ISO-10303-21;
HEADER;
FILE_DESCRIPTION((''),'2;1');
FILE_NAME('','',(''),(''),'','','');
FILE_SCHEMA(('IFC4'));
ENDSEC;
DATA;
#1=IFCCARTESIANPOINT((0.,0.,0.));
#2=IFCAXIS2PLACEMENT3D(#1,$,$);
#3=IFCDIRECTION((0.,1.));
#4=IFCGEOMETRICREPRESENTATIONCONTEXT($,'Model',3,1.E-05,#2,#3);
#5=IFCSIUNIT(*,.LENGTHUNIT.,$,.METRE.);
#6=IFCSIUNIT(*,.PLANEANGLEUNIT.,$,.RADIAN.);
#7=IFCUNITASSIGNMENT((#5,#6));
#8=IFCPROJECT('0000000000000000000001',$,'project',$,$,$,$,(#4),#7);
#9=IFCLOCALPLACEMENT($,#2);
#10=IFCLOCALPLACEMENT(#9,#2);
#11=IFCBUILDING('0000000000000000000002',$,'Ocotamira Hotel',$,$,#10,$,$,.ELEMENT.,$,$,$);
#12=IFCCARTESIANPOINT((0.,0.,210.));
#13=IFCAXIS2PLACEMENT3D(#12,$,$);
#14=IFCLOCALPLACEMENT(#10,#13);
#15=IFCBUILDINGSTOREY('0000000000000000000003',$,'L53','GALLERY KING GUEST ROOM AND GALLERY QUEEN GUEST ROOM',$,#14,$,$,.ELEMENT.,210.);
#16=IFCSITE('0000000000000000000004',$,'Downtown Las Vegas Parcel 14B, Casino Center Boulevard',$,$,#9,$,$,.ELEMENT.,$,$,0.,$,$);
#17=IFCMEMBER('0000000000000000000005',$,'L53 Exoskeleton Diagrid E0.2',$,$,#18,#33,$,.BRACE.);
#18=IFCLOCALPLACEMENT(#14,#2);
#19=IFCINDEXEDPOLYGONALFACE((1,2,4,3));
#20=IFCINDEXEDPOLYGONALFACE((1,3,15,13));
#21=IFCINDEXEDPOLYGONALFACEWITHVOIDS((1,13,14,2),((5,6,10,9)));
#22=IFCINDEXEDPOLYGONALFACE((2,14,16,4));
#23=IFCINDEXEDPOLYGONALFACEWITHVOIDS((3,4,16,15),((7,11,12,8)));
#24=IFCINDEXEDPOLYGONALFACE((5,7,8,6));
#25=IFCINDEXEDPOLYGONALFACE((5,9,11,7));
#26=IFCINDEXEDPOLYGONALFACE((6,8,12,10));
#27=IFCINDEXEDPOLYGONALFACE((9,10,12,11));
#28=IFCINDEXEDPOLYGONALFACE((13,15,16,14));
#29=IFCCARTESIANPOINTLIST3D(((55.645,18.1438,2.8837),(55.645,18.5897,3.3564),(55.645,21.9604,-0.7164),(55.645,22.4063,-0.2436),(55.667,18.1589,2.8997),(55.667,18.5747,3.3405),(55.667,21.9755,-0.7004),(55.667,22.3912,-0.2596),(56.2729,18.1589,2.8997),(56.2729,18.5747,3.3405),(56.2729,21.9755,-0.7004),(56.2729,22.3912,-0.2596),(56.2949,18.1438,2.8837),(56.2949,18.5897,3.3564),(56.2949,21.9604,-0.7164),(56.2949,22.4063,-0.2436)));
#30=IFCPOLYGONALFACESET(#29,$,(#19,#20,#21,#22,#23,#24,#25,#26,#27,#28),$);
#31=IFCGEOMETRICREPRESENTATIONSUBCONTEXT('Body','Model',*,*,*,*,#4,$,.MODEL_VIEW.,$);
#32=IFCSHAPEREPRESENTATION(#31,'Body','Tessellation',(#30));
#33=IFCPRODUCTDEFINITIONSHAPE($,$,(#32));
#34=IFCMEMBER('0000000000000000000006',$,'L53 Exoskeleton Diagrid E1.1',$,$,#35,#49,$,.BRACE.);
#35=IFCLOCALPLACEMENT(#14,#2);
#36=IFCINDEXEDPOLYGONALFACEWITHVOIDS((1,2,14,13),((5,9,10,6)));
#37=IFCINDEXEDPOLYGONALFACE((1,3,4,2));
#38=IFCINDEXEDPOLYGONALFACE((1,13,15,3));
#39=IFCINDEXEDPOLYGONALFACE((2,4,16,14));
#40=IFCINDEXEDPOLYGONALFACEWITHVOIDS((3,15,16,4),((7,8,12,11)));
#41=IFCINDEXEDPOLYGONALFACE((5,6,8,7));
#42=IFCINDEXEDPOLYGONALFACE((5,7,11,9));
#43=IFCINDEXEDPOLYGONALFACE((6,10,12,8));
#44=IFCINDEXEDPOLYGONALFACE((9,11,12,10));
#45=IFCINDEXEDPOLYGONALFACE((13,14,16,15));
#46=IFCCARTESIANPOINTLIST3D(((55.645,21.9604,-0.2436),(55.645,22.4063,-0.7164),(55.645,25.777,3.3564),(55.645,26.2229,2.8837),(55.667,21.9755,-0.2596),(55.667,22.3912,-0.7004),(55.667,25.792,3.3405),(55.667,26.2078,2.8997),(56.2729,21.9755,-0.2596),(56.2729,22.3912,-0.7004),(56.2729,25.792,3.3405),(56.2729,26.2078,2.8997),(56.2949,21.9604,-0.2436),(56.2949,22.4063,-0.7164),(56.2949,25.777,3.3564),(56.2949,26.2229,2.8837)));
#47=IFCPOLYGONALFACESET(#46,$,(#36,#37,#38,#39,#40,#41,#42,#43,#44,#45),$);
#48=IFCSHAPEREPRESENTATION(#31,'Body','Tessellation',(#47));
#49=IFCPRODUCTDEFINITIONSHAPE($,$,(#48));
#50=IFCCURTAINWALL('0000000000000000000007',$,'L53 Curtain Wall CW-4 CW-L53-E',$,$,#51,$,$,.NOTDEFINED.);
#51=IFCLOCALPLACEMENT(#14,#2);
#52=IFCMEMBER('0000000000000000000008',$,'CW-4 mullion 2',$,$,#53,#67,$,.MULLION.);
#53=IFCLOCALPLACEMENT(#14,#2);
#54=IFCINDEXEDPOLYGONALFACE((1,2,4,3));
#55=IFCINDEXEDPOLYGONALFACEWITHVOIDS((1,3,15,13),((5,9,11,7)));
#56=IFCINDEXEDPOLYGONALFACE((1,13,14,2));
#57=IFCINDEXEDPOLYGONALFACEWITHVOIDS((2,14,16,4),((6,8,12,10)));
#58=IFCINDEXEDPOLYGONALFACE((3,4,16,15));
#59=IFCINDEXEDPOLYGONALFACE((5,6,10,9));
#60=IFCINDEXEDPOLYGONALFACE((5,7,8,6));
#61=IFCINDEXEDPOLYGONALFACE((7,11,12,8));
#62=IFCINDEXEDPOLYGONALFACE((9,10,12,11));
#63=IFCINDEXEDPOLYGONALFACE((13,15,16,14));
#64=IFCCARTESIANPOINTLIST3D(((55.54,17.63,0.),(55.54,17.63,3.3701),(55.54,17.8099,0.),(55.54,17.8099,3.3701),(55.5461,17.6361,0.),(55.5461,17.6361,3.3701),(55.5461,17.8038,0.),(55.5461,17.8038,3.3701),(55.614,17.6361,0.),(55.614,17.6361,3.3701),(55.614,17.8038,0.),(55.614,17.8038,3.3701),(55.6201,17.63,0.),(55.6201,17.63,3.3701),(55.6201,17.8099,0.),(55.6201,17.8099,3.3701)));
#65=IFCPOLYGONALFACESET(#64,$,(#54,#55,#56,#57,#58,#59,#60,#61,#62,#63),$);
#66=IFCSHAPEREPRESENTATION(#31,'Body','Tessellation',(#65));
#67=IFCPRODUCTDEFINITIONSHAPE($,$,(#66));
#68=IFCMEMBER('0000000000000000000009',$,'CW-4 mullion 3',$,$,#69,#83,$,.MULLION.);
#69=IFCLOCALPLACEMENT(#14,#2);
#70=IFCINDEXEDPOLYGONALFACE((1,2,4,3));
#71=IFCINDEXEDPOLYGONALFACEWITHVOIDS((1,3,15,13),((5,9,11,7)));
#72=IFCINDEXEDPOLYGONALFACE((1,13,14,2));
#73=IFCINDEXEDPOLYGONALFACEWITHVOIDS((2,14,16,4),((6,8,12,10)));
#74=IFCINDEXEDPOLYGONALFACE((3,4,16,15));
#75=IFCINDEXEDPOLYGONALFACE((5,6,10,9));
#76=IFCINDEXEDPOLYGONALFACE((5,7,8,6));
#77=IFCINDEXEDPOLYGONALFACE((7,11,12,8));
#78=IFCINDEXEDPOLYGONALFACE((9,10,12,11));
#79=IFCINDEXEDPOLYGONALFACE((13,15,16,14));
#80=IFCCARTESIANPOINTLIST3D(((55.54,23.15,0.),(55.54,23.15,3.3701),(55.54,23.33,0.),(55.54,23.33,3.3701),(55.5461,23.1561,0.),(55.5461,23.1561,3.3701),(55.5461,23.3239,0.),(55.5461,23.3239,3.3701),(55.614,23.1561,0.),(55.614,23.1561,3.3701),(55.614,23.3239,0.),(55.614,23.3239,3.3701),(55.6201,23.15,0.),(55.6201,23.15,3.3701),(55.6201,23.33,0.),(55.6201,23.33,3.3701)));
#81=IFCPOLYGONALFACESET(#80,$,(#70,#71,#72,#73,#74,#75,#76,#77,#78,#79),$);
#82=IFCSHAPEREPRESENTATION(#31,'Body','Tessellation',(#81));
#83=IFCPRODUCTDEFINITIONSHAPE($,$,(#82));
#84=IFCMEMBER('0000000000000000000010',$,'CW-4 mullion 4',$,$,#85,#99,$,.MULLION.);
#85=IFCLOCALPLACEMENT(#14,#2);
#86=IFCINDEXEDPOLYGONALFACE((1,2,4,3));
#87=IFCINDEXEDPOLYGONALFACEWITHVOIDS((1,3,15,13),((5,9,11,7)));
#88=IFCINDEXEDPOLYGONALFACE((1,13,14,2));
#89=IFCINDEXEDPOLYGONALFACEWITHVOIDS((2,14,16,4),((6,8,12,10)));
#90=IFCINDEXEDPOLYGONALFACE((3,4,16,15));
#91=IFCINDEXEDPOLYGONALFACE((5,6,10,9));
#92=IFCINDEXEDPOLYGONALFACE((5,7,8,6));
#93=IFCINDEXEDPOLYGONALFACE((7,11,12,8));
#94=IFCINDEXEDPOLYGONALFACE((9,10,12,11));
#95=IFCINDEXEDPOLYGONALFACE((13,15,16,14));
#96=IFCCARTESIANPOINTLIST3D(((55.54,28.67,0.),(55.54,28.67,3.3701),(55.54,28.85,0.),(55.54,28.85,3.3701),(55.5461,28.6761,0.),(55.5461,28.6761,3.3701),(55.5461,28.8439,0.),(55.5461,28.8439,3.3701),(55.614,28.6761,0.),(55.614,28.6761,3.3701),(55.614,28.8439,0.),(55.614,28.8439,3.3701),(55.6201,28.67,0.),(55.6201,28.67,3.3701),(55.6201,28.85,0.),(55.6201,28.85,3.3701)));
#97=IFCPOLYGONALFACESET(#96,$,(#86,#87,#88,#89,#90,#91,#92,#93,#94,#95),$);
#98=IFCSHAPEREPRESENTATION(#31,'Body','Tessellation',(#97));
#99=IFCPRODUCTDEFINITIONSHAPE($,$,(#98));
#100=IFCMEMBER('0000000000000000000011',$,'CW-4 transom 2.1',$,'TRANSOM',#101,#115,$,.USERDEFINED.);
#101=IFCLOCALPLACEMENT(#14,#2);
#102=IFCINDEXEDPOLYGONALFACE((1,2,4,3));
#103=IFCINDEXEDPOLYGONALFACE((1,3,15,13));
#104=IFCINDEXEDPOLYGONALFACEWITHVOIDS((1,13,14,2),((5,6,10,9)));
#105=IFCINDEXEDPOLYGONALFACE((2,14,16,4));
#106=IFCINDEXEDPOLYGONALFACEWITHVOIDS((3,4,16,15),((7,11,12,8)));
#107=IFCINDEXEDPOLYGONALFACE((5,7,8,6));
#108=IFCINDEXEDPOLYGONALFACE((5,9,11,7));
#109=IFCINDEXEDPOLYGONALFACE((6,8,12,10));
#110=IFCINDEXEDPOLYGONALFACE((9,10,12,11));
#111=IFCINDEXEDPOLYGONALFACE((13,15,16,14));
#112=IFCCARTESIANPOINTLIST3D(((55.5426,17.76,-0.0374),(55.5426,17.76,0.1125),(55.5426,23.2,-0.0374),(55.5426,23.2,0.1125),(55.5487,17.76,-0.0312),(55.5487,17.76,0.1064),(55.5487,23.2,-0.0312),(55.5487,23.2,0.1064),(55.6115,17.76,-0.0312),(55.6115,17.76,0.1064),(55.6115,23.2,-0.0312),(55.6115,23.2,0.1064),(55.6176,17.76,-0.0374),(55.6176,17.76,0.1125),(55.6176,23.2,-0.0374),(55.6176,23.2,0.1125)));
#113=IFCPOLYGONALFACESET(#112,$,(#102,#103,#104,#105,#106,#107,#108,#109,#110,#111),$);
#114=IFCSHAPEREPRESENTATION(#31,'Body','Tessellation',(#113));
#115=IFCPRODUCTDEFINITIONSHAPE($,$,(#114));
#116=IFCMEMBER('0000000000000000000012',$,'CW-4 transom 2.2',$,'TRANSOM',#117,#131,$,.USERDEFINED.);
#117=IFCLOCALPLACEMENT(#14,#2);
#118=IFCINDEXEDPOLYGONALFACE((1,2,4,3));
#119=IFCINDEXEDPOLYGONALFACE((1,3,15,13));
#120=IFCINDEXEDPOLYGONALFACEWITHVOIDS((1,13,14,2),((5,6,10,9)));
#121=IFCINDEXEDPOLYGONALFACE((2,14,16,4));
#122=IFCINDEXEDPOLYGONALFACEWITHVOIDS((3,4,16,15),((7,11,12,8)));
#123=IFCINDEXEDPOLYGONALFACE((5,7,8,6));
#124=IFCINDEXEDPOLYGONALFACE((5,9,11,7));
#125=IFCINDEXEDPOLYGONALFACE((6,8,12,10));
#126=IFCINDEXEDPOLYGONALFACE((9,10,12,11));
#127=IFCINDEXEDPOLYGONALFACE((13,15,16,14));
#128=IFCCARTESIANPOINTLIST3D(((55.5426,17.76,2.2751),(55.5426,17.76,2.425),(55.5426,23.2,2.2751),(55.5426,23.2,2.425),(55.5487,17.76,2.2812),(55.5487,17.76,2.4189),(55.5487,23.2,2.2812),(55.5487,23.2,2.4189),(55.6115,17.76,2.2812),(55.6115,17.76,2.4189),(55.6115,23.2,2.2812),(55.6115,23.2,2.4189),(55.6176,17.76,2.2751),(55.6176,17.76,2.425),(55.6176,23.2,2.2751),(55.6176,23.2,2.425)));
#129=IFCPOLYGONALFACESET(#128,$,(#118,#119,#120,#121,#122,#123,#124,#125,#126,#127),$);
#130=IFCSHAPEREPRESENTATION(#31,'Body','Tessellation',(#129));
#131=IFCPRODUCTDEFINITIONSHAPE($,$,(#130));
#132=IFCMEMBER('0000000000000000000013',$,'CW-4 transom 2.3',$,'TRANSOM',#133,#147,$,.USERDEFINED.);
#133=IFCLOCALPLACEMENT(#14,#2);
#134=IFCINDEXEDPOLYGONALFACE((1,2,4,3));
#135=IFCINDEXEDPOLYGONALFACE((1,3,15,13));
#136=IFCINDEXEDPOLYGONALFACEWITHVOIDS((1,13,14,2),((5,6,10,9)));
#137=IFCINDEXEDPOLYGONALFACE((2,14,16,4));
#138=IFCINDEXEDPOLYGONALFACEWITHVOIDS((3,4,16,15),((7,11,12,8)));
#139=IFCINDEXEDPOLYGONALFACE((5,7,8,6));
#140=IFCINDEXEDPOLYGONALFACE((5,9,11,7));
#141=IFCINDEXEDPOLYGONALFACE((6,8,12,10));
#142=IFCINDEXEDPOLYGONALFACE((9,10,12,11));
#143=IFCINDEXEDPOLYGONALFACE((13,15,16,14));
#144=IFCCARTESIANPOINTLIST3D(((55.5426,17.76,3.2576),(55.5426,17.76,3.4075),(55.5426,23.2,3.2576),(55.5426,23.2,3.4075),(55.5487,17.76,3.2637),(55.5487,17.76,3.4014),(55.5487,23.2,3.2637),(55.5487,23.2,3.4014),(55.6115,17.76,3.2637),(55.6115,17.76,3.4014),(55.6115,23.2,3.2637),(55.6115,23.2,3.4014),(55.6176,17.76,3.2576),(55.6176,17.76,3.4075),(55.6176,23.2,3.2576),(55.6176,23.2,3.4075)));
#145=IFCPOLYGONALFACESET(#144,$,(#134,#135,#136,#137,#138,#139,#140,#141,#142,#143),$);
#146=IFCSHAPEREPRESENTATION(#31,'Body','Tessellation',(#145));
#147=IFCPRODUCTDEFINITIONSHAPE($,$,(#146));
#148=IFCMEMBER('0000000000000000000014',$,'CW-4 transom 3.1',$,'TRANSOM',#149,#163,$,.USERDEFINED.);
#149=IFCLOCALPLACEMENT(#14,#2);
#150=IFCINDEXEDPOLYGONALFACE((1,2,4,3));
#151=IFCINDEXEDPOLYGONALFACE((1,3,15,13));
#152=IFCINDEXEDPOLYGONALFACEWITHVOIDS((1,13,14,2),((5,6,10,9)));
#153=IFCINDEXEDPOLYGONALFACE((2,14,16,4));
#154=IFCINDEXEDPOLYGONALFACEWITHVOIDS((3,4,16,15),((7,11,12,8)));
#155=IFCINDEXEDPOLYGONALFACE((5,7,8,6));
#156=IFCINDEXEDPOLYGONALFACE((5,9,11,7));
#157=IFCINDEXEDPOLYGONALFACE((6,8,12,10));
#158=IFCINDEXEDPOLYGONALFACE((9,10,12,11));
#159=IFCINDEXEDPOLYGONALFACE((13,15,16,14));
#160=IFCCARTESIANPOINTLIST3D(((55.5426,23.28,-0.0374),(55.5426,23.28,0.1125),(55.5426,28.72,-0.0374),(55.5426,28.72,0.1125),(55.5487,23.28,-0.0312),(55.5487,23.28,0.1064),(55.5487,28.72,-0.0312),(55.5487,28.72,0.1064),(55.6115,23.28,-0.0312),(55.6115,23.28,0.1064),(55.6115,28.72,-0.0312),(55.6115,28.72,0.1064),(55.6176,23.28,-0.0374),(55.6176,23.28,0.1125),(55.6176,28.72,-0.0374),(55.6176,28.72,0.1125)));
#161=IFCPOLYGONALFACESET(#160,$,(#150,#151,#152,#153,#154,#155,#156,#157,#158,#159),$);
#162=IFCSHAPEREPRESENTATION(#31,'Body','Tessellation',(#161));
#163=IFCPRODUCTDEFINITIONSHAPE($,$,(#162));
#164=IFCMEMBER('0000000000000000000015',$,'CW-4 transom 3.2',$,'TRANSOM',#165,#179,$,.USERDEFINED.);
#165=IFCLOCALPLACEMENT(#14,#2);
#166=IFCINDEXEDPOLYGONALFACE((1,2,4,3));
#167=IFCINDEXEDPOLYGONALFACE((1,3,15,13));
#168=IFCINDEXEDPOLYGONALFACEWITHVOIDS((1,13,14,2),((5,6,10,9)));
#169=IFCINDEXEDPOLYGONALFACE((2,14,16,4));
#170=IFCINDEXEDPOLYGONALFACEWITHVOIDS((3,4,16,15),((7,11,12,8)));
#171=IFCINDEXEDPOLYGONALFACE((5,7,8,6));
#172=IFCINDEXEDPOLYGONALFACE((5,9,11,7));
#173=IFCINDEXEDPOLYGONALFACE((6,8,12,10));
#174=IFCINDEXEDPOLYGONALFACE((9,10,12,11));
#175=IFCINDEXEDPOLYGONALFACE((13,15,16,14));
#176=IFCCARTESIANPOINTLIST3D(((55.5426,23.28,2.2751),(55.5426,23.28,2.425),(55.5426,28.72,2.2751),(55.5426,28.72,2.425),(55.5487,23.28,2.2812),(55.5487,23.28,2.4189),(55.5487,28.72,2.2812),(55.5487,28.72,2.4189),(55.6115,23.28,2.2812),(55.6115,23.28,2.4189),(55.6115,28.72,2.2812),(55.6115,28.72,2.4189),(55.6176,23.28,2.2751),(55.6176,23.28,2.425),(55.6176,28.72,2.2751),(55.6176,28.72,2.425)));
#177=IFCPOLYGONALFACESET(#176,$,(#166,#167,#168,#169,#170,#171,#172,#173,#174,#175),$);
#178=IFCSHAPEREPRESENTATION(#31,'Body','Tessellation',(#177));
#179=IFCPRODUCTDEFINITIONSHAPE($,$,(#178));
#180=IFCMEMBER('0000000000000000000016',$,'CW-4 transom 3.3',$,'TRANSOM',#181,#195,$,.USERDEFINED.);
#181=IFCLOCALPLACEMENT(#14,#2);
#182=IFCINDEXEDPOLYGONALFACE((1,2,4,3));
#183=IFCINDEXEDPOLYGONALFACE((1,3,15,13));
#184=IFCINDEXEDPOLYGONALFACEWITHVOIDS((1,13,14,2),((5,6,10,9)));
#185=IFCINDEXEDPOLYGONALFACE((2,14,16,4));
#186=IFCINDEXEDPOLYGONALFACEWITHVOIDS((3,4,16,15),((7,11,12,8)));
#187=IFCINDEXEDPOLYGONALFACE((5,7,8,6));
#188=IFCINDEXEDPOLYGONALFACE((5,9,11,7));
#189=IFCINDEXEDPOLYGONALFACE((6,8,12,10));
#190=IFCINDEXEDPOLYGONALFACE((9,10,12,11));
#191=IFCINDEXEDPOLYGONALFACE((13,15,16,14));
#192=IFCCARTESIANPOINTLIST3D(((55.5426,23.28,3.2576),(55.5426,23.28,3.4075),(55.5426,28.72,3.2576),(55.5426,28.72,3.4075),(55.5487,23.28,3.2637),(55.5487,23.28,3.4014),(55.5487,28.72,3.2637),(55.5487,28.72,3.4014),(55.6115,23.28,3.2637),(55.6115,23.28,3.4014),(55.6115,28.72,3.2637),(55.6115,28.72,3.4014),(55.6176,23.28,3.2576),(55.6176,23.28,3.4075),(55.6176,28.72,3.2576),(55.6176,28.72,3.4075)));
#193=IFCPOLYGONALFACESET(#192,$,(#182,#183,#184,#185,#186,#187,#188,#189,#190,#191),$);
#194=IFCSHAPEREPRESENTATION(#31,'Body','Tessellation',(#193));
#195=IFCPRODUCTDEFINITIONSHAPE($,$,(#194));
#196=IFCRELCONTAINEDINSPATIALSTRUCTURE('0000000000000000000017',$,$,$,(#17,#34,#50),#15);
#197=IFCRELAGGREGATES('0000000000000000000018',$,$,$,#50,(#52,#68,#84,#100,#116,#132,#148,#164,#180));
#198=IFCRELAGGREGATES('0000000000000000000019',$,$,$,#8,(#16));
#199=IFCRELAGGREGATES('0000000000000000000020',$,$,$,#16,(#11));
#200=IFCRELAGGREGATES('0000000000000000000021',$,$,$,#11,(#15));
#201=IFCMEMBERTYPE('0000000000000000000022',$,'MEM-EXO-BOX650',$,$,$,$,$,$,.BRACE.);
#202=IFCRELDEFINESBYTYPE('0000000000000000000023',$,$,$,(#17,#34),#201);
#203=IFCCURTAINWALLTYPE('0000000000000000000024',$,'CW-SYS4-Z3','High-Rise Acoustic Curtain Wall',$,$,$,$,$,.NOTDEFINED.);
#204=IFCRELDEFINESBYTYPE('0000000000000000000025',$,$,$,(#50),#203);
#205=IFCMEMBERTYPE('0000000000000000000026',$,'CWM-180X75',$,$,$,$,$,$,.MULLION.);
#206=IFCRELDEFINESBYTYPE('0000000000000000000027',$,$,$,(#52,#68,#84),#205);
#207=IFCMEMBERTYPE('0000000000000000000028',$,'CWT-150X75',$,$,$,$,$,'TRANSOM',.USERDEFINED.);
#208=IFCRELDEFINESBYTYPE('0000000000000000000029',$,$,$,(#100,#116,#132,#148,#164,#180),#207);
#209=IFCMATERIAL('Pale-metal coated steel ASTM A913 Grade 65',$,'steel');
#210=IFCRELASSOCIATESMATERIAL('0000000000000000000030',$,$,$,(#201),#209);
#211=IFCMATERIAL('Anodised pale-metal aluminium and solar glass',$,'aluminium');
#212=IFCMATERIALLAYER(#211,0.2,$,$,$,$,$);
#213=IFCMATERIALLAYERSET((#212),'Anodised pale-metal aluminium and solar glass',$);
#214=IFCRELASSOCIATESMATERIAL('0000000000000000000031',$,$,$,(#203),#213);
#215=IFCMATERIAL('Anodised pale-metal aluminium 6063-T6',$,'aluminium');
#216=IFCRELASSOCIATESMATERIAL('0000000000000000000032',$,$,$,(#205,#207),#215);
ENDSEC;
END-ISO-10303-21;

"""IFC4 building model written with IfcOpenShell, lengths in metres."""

from ifc_helpers import new_model, si_unit, direction, frame, origin, origin_2d, place, context, subcontext, project, spatial, hollow_rectangle, extrude, source, transform, mapped, material, layer, layer_set, material_profile, profile_set, type_object, element, aggregate, save


model = new_model("IFC4")

# Units and contexts
model_context = context("Model", 3, precision=1e-05, world=origin(), true_north=direction((0.0, 1.0)))
body_context = subcontext(model_context, "Body", "Model", "MODEL_VIEW")
ifc_project = project(units=[si_unit("LENGTHUNIT", "METRE"), si_unit("PLANEANGLEUNIT", "RADIAN")], contexts=[model_context])

# Site, building, storey
site_placement = place(None, origin())
site = spatial("IfcSite", under=ifc_project, at=site_placement, Name="Downtown Las Vegas Parcel 14B, Casino Center Boulevard", CompositionType="ELEMENT", RefElevation=0.0)
building_placement = place(site_placement, origin())
building = spatial("IfcBuilding", under=site, at=building_placement, Name="Ocotamira Hotel", CompositionType="ELEMENT")
storey_placement = place(building_placement, frame((0.0, 0.0, 210.0)))
storey = spatial("IfcBuildingStorey", under=building, at=storey_placement, Name="L53", Description="GALLERY KING GUEST ROOM AND GALLERY QUEEN GUEST ROOM", CompositionType="ELEMENT", Elevation=210.0)

# Members
ifc_material_1 = material(Name="Pale-metal coated steel ASTM A913 Grade 65", Category="steel")
ifc_material_profile_1 = material_profile(ifc_material_1, hollow_rectangle(XDim=0.6499, YDim=0.6499, WallThickness=0.022, at=origin_2d()), Name="BOX650X650X22")
ifc_profile_set_1 = profile_set([ifc_material_profile_1], Name="Pale-metal coated steel ASTM A913 Grade 65")
member_type_1 = type_object("IfcMemberType", Name="MEM-EXO-BOX650", PredefinedType="BRACE", material=ifc_profile_set_1)
shared_shape_1 = source(origin(), body_context, "Body", "SweptSolid", [
    extrude(hollow_rectangle(XDim=0.6499, YDim=0.6499, WallThickness=0.022, at=origin_2d()), origin(), (0.0, 0.0, 1.0), 5.2466),
])
for number, where, z_axis, x_axis, name in (
    (1, (55.97, 22.1833, -0.48), (0.0, -0.727443, 0.686168), (1.0, 0.0, 0.0), "L53 Exoskeleton Diagrid E0.2"),
    (2, (55.97, 22.1833, -0.48), (0.0, 0.727443, 0.686168), (-1.0, 0.0, 0.0), "L53 Exoskeleton Diagrid E1.1"),
):
    element("IfcMember", number, at=place(storey_placement, frame(where, z_axis=z_axis, x_axis=x_axis)), inside=storey, type_object=member_type_1, Name=name, PredefinedType="BRACE", context=body_context, shape_type="MappedRepresentation", body=[
        mapped(shared_shape_1, transform((0.0, 0.0, 0.0), scale=1.0)),
    ])

# Curtain wall, members
ifc_material_2 = material(Name="Anodised pale-metal aluminium and solar glass", Category="aluminium")
ifc_layer_1 = layer(ifc_material_2, 0.2)
ifc_layer_set_1 = layer_set([ifc_layer_1], Name="Anodised pale-metal aluminium and solar glass")
curtain_wall_type = type_object("IfcCurtainWallType", Name="CW-SYS4-Z3", Description="High-Rise Acoustic Curtain Wall", PredefinedType="NOTDEFINED", material=ifc_layer_set_1)
curtain_wall_placement = place(storey_placement, origin())
curtain_wall = element("IfcCurtainWall", 3, at=curtain_wall_placement, inside=storey, type_object=curtain_wall_type, Name="L53 Curtain Wall CW-4 CW-L53-E", PredefinedType="NOTDEFINED")
ifc_material_3 = material(Name="Anodised pale-metal aluminium 6063-T6", Category="aluminium")
ifc_material_profile_2 = material_profile(ifc_material_3, hollow_rectangle(XDim=0.0801, YDim=0.1799, WallThickness=0.0061, at=origin_2d()), Name="HSS180X80X6")
ifc_profile_set_2 = profile_set([ifc_material_profile_2], Name="Anodised pale-metal aluminium 6063-T6")
member_type_2 = type_object("IfcMemberType", Name="CWM-180X75", PredefinedType="MULLION", material=ifc_profile_set_2)
shared_shape_2 = source(origin(), body_context, "Body", "SweptSolid", [
    extrude(hollow_rectangle(XDim=0.0801, YDim=0.1799, WallThickness=0.0061, at=origin_2d()), origin(), (0.0, 0.0, 1.0), 3.3701),
])
member_1_placement = place(storey_placement, frame((55.5801, 17.72, 0.0), z_axis=(0.0, 0.0, 1.0), x_axis=(-1.0, 0.0, 0.0)))
member_1 = element("IfcMember", 4, at=member_1_placement, type_object=member_type_2, Name="CW-4 mullion 2", PredefinedType="MULLION", context=body_context, shape_type="MappedRepresentation", body=[
    mapped(shared_shape_2, transform((0.0, 0.0, 0.0), scale=1.0)),
])
member_2_placement = place(storey_placement, frame((55.5801, 23.24, 0.0), z_axis=(0.0, 0.0, 1.0), x_axis=(-1.0, 0.0, 0.0)))
member_2 = element("IfcMember", 5, at=member_2_placement, type_object=member_type_2, Name="CW-4 mullion 3", PredefinedType="MULLION", context=body_context, shape_type="MappedRepresentation", body=[
    mapped(shared_shape_2, transform((0.0, 0.0, 0.0), scale=1.0)),
])
member_3_placement = place(storey_placement, frame((55.5801, 28.76, 0.0), z_axis=(0.0, 0.0, 1.0), x_axis=(-1.0, 0.0, 0.0)))
member_3 = element("IfcMember", 6, at=member_3_placement, type_object=member_type_2, Name="CW-4 mullion 4", PredefinedType="MULLION", context=body_context, shape_type="MappedRepresentation", body=[
    mapped(shared_shape_2, transform((0.0, 0.0, 0.0), scale=1.0)),
])
ifc_material_profile_3 = material_profile(ifc_material_3, hollow_rectangle(XDim=0.075, YDim=0.1499, WallThickness=0.0061, at=origin_2d()), Name="HSS150X75X6")
ifc_profile_set_3 = profile_set([ifc_material_profile_3], Name="Anodised pale-metal aluminium 6063-T6")
member_type_3 = type_object("IfcMemberType", Name="CWT-150X75", ElementType="TRANSOM", PredefinedType="USERDEFINED", material=ifc_profile_set_3)
shared_shape_3 = source(origin(), body_context, "Body", "SweptSolid", [
    extrude(hollow_rectangle(XDim=0.075, YDim=0.1499, WallThickness=0.0061, at=origin_2d()), origin(), (0.0, 0.0, 1.0), 5.4399),
])
member_4_placement = place(storey_placement, frame((55.5801, 17.76, 0.0376), z_axis=(0.0, 1.0, 0.0), x_axis=(-1.0, 0.0, 0.0)))
member_4 = element("IfcMember", 7, at=member_4_placement, type_object=member_type_3, Name="CW-4 transom 2.1", ObjectType="TRANSOM", PredefinedType="USERDEFINED", context=body_context, shape_type="MappedRepresentation", body=[
    mapped(shared_shape_3, transform((0.0, 0.0, 0.0), scale=1.0)),
])
member_5_placement = place(storey_placement, frame((55.5801, 17.76, 2.3501), z_axis=(0.0, 1.0, 0.0), x_axis=(-1.0, 0.0, 0.0)))
member_5 = element("IfcMember", 8, at=member_5_placement, type_object=member_type_3, Name="CW-4 transom 2.2", ObjectType="TRANSOM", PredefinedType="USERDEFINED", context=body_context, shape_type="MappedRepresentation", body=[
    mapped(shared_shape_3, transform((0.0, 0.0, 0.0), scale=1.0)),
])
member_6_placement = place(storey_placement, frame((55.5801, 17.76, 3.3325), z_axis=(0.0, 1.0, 0.0), x_axis=(-1.0, 0.0, 0.0)))
member_6 = element("IfcMember", 9, at=member_6_placement, type_object=member_type_3, Name="CW-4 transom 2.3", ObjectType="TRANSOM", PredefinedType="USERDEFINED", context=body_context, shape_type="MappedRepresentation", body=[
    mapped(shared_shape_3, transform((0.0, 0.0, 0.0), scale=1.0)),
])
member_7_placement = place(storey_placement, frame((55.5801, 23.28, 0.0376), z_axis=(0.0, 1.0, 0.0), x_axis=(-1.0, 0.0, 0.0)))
member_7 = element("IfcMember", 10, at=member_7_placement, type_object=member_type_3, Name="CW-4 transom 3.1", ObjectType="TRANSOM", PredefinedType="USERDEFINED", context=body_context, shape_type="MappedRepresentation", body=[
    mapped(shared_shape_3, transform((0.0, 0.0, 0.0), scale=1.0)),
])
member_8_placement = place(storey_placement, frame((55.5801, 23.28, 2.3501), z_axis=(0.0, 1.0, 0.0), x_axis=(-1.0, 0.0, 0.0)))
member_8 = element("IfcMember", 11, at=member_8_placement, type_object=member_type_3, Name="CW-4 transom 3.2", ObjectType="TRANSOM", PredefinedType="USERDEFINED", context=body_context, shape_type="MappedRepresentation", body=[
    mapped(shared_shape_3, transform((0.0, 0.0, 0.0), scale=1.0)),
])
member_9_placement = place(storey_placement, frame((55.5801, 23.28, 3.3325), z_axis=(0.0, 1.0, 0.0), x_axis=(-1.0, 0.0, 0.0)))
member_9 = element("IfcMember", 12, at=member_9_placement, type_object=member_type_3, Name="CW-4 transom 3.3", ObjectType="TRANSOM", PredefinedType="USERDEFINED", context=body_context, shape_type="MappedRepresentation", body=[
    mapped(shared_shape_3, transform((0.0, 0.0, 0.0), scale=1.0)),
])

aggregate(curtain_wall, [member_1, member_2, member_3, member_4, member_5, member_6, member_7, member_8, member_9])

save(model, "model.ifc")
